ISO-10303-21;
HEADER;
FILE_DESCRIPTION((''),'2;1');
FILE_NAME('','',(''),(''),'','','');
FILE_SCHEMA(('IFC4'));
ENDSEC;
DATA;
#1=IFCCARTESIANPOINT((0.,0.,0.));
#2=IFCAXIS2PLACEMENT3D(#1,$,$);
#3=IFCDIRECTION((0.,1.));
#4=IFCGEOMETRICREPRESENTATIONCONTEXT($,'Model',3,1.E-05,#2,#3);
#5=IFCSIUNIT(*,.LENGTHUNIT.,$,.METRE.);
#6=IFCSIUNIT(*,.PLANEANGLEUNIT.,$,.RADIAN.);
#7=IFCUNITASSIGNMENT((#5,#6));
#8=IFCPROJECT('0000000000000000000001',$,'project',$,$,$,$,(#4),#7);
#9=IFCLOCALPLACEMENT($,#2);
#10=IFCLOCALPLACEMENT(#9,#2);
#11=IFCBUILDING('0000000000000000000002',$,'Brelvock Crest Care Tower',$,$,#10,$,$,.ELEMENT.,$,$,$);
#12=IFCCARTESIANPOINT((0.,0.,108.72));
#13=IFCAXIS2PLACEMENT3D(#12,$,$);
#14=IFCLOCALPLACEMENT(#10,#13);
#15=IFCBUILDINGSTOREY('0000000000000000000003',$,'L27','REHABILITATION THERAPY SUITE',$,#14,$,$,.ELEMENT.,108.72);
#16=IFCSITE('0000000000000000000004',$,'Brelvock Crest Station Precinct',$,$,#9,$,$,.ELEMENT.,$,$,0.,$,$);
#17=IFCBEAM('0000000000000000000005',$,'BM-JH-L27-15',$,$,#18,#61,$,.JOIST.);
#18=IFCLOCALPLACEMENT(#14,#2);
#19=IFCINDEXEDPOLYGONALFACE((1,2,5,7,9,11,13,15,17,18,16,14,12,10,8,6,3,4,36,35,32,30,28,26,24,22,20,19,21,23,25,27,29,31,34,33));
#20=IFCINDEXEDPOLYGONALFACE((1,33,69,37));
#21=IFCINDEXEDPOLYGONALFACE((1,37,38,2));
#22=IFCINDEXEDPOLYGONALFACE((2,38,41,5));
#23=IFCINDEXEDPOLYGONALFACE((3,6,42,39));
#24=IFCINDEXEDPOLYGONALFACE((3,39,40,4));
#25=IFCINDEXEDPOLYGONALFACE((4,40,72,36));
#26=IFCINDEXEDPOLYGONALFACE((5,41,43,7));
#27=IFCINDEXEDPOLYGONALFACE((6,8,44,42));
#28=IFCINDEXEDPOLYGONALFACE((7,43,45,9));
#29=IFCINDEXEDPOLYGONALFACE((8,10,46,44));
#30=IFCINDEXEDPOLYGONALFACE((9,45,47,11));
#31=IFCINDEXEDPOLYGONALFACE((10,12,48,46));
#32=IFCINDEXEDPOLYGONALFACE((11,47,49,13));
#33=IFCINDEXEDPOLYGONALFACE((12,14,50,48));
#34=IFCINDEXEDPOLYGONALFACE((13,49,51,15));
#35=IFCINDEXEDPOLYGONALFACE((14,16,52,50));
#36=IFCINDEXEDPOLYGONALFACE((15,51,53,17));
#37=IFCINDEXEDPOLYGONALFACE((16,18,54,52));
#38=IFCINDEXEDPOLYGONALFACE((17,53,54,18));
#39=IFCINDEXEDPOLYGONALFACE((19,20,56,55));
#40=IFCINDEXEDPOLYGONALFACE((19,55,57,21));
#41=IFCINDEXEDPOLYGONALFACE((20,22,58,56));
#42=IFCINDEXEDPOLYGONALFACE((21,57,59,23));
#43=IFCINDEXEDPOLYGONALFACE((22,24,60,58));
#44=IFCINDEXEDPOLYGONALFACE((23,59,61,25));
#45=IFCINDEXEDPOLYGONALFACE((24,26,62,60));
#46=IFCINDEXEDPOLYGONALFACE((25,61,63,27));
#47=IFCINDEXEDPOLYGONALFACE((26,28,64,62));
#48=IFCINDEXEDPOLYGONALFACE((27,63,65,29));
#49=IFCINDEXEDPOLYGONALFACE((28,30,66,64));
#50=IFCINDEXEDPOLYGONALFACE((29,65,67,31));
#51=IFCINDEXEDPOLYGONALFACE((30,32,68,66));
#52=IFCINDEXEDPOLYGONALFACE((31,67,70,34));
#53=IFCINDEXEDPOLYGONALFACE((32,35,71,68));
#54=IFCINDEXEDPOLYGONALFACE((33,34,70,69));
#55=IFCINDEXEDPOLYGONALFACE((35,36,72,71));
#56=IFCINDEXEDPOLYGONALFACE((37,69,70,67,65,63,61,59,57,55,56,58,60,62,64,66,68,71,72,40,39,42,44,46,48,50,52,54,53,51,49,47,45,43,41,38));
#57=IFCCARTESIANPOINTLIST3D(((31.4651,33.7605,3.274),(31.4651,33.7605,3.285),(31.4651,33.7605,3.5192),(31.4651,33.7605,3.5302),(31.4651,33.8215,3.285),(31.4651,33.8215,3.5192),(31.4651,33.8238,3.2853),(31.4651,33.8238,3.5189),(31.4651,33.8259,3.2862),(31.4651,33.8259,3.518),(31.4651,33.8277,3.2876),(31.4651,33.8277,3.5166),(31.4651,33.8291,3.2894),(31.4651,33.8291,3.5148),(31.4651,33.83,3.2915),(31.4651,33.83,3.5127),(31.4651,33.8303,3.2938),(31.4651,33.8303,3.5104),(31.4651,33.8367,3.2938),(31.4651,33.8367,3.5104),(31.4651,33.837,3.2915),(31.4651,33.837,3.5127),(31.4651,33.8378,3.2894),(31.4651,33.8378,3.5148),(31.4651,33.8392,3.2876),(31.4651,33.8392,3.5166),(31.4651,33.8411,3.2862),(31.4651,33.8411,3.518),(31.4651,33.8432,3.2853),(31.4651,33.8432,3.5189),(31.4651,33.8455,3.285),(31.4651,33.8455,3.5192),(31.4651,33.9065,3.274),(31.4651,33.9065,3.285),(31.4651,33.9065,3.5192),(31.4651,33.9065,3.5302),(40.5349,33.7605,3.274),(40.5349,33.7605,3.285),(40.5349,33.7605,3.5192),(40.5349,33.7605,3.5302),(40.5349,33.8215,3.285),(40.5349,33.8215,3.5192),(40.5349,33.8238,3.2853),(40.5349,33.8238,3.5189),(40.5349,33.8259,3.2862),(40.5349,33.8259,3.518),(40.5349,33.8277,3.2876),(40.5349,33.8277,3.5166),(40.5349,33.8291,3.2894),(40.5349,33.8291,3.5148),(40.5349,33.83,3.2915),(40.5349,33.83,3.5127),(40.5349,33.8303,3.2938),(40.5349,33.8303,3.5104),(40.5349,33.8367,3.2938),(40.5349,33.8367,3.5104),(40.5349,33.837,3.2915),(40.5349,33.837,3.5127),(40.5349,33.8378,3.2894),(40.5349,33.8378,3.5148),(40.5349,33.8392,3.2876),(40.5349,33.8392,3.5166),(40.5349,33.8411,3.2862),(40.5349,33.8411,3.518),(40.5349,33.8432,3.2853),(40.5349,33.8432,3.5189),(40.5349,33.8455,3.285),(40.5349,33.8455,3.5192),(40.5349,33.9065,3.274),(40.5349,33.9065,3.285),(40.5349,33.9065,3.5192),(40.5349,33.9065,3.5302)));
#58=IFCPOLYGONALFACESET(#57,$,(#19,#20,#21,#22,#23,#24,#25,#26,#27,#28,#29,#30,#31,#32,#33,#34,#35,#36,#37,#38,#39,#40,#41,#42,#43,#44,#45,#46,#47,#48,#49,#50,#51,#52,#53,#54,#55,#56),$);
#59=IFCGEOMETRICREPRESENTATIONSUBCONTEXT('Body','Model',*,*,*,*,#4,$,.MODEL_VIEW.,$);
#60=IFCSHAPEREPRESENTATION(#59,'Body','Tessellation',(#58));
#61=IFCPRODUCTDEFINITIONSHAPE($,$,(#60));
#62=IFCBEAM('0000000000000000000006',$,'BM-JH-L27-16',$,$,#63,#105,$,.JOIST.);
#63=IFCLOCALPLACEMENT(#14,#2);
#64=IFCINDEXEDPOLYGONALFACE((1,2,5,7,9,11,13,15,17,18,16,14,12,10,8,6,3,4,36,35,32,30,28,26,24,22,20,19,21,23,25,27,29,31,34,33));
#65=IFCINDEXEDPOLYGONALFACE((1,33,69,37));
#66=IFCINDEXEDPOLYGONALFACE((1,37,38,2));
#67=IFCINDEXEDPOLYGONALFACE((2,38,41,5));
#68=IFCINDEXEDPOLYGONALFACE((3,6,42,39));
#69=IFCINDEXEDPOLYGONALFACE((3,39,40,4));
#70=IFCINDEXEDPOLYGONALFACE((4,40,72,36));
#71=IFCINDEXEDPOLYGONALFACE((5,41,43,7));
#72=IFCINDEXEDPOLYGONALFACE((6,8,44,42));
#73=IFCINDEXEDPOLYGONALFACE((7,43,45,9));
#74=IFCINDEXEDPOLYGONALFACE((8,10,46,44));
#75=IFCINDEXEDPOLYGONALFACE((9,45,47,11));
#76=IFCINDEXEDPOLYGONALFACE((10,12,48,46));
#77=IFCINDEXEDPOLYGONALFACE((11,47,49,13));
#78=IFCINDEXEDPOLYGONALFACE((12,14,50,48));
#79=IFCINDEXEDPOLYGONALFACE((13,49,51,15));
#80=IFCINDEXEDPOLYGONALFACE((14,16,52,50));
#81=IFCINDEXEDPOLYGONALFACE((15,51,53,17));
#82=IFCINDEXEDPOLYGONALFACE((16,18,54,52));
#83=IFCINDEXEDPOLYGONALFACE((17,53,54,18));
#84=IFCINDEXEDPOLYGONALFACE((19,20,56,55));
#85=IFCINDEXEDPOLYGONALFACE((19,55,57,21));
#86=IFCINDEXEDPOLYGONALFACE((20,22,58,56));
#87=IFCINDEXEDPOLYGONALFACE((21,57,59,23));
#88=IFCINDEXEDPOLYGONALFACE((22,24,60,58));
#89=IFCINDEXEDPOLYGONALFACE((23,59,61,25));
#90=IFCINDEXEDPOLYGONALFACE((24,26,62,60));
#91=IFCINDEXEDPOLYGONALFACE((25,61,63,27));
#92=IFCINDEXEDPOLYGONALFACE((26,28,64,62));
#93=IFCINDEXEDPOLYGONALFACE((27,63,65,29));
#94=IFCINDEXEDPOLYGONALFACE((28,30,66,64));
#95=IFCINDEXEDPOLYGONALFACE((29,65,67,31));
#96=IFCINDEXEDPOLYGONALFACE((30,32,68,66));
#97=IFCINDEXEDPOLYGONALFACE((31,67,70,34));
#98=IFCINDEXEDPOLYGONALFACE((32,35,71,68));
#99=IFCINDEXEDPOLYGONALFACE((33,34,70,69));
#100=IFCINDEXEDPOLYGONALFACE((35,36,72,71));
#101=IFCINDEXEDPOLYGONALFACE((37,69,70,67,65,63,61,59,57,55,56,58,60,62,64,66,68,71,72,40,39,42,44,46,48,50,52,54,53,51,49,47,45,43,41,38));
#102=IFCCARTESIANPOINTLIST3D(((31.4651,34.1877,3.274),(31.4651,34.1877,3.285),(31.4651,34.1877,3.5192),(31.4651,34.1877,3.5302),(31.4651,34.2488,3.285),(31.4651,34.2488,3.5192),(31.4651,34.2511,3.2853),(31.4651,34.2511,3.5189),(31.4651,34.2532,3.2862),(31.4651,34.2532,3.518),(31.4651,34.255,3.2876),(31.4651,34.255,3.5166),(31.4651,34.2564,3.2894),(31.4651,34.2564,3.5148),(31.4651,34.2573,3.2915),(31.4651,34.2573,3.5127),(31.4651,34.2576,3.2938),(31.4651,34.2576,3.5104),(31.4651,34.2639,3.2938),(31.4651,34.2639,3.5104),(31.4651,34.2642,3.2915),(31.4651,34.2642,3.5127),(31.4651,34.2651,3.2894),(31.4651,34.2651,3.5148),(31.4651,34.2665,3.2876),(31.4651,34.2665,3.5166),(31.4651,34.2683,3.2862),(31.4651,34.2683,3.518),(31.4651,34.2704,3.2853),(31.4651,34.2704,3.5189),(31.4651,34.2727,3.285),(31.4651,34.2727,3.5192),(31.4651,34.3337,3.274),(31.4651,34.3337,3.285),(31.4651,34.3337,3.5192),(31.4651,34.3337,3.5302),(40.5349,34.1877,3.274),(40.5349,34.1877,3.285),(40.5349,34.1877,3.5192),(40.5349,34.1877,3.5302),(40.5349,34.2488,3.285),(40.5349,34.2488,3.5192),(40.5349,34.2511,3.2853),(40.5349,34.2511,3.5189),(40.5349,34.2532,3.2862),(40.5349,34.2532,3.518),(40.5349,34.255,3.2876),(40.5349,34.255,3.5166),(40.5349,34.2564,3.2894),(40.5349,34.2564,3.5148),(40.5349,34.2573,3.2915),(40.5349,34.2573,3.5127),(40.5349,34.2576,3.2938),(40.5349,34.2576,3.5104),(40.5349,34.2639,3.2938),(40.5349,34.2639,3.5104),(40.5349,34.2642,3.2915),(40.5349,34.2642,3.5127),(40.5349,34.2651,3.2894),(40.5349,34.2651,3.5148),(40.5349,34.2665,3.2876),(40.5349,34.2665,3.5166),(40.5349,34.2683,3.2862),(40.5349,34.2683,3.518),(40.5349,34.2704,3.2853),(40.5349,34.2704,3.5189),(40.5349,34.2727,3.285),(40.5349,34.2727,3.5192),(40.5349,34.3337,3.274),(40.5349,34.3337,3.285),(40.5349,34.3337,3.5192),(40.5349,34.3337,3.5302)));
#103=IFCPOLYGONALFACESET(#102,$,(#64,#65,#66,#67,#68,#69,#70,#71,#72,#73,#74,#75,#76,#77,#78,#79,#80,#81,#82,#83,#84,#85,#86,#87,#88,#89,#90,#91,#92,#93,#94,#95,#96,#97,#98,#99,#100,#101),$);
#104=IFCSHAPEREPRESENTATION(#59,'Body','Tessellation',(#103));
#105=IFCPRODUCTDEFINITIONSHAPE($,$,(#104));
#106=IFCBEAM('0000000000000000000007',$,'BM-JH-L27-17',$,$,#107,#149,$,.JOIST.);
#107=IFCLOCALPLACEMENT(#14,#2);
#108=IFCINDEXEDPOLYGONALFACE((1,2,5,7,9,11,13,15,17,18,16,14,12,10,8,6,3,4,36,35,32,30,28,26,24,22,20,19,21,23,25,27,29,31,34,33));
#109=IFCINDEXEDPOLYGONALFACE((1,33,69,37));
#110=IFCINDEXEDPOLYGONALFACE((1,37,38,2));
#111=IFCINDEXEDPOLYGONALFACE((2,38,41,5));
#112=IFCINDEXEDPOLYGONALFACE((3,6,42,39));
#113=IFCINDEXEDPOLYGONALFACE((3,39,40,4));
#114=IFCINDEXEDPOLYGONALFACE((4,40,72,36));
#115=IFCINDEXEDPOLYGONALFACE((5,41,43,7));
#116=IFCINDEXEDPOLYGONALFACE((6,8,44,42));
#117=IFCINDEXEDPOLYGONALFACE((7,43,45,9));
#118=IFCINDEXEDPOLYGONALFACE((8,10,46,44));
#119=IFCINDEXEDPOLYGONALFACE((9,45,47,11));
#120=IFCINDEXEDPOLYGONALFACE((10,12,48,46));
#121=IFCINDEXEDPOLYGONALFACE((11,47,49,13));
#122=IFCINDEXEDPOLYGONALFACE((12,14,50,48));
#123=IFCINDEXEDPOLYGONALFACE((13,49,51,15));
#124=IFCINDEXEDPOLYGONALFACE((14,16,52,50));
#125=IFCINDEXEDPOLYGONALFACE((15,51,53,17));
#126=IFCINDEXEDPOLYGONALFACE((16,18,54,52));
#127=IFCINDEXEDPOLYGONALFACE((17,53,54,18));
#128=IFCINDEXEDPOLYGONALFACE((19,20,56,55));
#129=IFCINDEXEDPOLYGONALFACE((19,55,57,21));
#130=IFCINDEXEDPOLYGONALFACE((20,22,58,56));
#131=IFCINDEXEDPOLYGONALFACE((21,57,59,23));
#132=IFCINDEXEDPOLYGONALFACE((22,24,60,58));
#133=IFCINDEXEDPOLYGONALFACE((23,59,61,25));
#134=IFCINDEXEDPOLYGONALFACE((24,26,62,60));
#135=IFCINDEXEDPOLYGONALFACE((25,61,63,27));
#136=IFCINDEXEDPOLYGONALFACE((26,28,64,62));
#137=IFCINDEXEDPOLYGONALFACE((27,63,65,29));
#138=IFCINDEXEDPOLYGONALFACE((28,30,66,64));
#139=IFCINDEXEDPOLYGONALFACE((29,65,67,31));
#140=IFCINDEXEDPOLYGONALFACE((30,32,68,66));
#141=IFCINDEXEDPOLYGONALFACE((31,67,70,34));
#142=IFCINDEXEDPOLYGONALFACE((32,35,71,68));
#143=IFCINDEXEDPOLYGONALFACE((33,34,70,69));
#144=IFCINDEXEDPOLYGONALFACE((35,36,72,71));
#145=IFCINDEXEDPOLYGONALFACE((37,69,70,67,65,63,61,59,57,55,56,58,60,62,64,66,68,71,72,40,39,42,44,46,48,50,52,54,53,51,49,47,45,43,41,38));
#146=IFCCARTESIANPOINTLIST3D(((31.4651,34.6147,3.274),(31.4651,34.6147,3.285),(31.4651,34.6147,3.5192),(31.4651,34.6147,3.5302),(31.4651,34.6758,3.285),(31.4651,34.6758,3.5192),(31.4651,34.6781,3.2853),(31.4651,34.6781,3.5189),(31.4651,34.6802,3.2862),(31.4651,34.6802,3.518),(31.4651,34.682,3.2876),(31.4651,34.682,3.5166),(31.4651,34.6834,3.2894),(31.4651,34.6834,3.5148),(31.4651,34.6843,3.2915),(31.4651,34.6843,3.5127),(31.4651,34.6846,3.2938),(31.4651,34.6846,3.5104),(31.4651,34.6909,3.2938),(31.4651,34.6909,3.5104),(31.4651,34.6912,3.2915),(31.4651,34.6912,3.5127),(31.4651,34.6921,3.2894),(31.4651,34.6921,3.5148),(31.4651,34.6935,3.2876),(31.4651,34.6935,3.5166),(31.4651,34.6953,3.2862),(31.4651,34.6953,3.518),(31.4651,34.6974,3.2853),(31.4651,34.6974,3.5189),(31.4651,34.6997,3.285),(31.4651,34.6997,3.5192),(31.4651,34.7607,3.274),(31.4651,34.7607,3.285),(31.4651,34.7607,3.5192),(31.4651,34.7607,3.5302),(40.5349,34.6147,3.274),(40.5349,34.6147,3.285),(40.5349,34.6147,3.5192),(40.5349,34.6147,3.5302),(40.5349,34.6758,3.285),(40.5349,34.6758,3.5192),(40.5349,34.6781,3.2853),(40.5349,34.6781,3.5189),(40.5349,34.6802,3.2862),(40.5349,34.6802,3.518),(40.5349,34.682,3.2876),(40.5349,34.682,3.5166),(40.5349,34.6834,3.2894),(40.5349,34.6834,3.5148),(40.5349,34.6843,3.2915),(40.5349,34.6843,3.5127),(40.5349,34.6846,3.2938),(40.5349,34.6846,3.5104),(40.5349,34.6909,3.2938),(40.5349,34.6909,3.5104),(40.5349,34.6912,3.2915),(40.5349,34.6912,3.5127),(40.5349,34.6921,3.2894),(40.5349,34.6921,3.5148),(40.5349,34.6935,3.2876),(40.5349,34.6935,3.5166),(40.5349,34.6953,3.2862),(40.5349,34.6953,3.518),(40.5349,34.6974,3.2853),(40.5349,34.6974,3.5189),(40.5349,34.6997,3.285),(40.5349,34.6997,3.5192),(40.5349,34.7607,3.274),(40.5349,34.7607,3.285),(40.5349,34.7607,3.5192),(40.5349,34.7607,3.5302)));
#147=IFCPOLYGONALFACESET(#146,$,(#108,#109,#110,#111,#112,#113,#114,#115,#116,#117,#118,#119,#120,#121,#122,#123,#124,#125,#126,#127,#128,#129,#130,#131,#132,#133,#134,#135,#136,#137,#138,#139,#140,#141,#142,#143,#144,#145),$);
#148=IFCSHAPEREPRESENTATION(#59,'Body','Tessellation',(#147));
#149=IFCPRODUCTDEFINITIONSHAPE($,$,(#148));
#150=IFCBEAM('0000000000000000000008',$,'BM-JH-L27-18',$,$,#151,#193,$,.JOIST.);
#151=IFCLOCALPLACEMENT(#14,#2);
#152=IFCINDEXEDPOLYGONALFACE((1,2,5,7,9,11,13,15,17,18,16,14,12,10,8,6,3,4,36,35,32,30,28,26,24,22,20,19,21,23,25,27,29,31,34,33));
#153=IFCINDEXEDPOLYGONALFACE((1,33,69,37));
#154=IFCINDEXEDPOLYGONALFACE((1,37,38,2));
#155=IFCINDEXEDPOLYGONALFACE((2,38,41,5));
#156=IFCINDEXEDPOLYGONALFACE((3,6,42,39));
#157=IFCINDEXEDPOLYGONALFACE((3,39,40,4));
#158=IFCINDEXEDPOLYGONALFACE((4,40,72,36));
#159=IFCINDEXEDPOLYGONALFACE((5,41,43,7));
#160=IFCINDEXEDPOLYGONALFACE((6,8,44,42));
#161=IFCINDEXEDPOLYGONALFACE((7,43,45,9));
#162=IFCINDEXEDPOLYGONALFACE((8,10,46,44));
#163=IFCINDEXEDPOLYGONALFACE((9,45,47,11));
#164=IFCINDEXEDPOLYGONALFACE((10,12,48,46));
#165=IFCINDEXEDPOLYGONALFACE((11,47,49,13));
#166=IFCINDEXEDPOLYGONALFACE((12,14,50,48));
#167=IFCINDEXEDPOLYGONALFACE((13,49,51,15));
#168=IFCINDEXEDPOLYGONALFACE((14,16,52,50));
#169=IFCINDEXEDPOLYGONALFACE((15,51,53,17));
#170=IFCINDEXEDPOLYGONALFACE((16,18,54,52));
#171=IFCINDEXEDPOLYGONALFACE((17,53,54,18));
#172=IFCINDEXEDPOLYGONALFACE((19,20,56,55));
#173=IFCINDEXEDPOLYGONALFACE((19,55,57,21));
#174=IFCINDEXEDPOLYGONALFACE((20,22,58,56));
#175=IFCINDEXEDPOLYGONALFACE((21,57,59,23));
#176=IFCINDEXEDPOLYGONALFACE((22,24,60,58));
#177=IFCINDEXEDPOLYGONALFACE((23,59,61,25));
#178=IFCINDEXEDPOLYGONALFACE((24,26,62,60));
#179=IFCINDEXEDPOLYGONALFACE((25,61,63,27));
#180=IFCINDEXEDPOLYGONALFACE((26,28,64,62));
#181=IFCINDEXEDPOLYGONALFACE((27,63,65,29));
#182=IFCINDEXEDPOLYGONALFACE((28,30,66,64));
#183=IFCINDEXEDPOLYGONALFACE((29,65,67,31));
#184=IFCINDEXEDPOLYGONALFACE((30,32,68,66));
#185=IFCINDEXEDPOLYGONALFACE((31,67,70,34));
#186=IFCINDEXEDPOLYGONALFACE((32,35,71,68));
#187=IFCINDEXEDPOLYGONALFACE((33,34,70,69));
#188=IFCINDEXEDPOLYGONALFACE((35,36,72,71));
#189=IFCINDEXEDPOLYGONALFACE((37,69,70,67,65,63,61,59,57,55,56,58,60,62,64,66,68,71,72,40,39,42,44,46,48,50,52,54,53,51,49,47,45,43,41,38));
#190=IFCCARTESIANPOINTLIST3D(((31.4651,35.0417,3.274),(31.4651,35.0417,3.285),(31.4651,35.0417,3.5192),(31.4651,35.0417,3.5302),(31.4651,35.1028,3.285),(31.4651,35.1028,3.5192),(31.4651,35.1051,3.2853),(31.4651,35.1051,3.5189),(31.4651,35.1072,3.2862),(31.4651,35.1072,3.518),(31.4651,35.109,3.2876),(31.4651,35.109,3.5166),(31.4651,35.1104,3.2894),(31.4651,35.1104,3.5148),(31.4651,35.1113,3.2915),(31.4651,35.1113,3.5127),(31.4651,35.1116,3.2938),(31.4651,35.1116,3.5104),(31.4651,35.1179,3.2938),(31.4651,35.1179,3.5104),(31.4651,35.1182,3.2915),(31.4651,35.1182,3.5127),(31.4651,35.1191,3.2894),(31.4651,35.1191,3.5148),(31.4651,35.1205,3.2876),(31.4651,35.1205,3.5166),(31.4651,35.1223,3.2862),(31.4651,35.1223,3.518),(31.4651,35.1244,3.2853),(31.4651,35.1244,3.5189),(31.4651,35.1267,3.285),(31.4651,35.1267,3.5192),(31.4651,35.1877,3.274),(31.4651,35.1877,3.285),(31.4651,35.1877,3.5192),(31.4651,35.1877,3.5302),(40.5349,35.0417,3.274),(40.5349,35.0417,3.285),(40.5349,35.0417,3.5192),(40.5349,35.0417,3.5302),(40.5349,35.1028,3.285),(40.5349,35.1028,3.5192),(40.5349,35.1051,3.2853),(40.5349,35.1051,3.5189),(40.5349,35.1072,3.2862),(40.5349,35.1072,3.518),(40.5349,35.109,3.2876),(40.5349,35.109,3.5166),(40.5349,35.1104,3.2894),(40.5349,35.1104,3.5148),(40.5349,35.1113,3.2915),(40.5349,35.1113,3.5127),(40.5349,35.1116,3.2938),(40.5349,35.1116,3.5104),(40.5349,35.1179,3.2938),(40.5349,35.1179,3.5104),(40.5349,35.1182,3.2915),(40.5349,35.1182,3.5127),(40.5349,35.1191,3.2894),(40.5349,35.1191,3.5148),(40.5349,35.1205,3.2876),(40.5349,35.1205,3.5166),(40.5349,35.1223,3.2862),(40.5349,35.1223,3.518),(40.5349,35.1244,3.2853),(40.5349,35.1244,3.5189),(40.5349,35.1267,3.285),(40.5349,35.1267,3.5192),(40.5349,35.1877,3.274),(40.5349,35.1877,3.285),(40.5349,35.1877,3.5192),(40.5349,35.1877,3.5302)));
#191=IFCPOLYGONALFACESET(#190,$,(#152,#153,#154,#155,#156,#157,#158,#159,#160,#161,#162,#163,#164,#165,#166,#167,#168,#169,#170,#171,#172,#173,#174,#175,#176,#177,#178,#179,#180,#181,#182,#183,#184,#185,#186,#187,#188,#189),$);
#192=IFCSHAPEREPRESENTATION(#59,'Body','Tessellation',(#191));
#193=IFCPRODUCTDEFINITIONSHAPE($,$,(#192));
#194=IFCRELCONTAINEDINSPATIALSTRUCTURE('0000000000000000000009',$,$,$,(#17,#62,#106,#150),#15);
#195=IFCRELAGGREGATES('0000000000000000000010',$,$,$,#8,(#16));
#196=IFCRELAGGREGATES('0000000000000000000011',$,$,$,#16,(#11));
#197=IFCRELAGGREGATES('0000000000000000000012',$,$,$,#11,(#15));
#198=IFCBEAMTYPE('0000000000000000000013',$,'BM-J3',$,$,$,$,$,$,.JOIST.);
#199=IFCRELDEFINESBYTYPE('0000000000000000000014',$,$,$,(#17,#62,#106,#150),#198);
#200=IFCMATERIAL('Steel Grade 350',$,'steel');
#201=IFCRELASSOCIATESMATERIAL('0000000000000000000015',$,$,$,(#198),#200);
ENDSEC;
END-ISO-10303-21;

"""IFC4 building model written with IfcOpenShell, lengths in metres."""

from ifc_helpers import new_model, si_unit, direction, frame, origin, origin_2d, place, context, subcontext, project, spatial, i_section, extrude, source, transform, mapped, material, material_profile, profile_set, type_object, element, save


model = new_model("IFC4")

# Units and contexts
model_context = context("Model", 3, precision=1e-05, world=origin(), true_north=direction((0.0, 1.0)))
body_context = subcontext(model_context, "Body", "Model", "MODEL_VIEW")
ifc_project = project(units=[si_unit("LENGTHUNIT", "METRE"), si_unit("PLANEANGLEUNIT", "RADIAN")], contexts=[model_context])

# Site, building, storey
site_placement = place(None, origin())
site = spatial("IfcSite", under=ifc_project, at=site_placement, Name="Brelvock Crest Station Precinct", CompositionType="ELEMENT", RefElevation=0.0)
building_placement = place(site_placement, origin())
building = spatial("IfcBuilding", under=site, at=building_placement, Name="Brelvock Crest Care Tower", CompositionType="ELEMENT")
storey_placement = place(building_placement, frame((0.0, 0.0, 108.72)))
storey = spatial("IfcBuildingStorey", under=building, at=storey_placement, Name="L27", Description="REHABILITATION THERAPY SUITE", CompositionType="ELEMENT", Elevation=108.72)

# Beams
ifc_material_1 = material(Name="Steel Grade 350", Category="steel")
ifc_material_profile_1 = material_profile(ifc_material_1, i_section(OverallWidth=0.146, OverallDepth=0.2561, WebThickness=0.0063, FlangeThickness=0.011, FilletRadius=0.0088, at=origin_2d()), Name="250UB37.3")
ifc_profile_set_1 = profile_set([ifc_material_profile_1], Name="Steel Grade 350")
beam_type_1 = type_object("IfcBeamType", Name="BM-J3", PredefinedType="JOIST", material=ifc_profile_set_1)
shared_shape_1 = source(origin(), body_context, "Body", "SweptSolid", [
    extrude(i_section(OverallWidth=0.146, OverallDepth=0.2561, WebThickness=0.0063, FlangeThickness=0.011, FilletRadius=0.0088, at=origin_2d()), origin(), (0.0, 0.0, 1.0), 9.0698),
])
for number, where, z_axis, x_axis, name in (
    (1, (31.4651, 33.8335, 3.4021), (1.0, 0.0, 0.0), (0.0, 1.0, 0.0), "BM-JH-L27-15"),
    (2, (31.4651, 34.2607, 3.4021), (1.0, 0.0, 0.0), (0.0, 1.0, 0.0), "BM-JH-L27-16"),
    (3, (31.4651, 34.6877, 3.4021), (1.0, 0.0, 0.0), (0.0, 1.0, 0.0), "BM-JH-L27-17"),
    (4, (31.4651, 35.1147, 3.4021), (1.0, 0.0, 0.0), (0.0, 1.0, 0.0), "BM-JH-L27-18"),
):
    element("IfcBeam", number, at=place(storey_placement, frame(where, z_axis=z_axis, x_axis=x_axis)), inside=storey, type_object=beam_type_1, Name=name, PredefinedType="JOIST", context=body_context, shape_type="MappedRepresentation", body=[
        mapped(shared_shape_1, transform((0.0, 0.0, 0.0), x_axis=(1.0, 0.0, 0.0), y_axis=(0.0, 1.0, 0.0), z_axis=(0.0, 0.0, 1.0), scale=1.0)),
    ])

save(model, "model.ifc")
